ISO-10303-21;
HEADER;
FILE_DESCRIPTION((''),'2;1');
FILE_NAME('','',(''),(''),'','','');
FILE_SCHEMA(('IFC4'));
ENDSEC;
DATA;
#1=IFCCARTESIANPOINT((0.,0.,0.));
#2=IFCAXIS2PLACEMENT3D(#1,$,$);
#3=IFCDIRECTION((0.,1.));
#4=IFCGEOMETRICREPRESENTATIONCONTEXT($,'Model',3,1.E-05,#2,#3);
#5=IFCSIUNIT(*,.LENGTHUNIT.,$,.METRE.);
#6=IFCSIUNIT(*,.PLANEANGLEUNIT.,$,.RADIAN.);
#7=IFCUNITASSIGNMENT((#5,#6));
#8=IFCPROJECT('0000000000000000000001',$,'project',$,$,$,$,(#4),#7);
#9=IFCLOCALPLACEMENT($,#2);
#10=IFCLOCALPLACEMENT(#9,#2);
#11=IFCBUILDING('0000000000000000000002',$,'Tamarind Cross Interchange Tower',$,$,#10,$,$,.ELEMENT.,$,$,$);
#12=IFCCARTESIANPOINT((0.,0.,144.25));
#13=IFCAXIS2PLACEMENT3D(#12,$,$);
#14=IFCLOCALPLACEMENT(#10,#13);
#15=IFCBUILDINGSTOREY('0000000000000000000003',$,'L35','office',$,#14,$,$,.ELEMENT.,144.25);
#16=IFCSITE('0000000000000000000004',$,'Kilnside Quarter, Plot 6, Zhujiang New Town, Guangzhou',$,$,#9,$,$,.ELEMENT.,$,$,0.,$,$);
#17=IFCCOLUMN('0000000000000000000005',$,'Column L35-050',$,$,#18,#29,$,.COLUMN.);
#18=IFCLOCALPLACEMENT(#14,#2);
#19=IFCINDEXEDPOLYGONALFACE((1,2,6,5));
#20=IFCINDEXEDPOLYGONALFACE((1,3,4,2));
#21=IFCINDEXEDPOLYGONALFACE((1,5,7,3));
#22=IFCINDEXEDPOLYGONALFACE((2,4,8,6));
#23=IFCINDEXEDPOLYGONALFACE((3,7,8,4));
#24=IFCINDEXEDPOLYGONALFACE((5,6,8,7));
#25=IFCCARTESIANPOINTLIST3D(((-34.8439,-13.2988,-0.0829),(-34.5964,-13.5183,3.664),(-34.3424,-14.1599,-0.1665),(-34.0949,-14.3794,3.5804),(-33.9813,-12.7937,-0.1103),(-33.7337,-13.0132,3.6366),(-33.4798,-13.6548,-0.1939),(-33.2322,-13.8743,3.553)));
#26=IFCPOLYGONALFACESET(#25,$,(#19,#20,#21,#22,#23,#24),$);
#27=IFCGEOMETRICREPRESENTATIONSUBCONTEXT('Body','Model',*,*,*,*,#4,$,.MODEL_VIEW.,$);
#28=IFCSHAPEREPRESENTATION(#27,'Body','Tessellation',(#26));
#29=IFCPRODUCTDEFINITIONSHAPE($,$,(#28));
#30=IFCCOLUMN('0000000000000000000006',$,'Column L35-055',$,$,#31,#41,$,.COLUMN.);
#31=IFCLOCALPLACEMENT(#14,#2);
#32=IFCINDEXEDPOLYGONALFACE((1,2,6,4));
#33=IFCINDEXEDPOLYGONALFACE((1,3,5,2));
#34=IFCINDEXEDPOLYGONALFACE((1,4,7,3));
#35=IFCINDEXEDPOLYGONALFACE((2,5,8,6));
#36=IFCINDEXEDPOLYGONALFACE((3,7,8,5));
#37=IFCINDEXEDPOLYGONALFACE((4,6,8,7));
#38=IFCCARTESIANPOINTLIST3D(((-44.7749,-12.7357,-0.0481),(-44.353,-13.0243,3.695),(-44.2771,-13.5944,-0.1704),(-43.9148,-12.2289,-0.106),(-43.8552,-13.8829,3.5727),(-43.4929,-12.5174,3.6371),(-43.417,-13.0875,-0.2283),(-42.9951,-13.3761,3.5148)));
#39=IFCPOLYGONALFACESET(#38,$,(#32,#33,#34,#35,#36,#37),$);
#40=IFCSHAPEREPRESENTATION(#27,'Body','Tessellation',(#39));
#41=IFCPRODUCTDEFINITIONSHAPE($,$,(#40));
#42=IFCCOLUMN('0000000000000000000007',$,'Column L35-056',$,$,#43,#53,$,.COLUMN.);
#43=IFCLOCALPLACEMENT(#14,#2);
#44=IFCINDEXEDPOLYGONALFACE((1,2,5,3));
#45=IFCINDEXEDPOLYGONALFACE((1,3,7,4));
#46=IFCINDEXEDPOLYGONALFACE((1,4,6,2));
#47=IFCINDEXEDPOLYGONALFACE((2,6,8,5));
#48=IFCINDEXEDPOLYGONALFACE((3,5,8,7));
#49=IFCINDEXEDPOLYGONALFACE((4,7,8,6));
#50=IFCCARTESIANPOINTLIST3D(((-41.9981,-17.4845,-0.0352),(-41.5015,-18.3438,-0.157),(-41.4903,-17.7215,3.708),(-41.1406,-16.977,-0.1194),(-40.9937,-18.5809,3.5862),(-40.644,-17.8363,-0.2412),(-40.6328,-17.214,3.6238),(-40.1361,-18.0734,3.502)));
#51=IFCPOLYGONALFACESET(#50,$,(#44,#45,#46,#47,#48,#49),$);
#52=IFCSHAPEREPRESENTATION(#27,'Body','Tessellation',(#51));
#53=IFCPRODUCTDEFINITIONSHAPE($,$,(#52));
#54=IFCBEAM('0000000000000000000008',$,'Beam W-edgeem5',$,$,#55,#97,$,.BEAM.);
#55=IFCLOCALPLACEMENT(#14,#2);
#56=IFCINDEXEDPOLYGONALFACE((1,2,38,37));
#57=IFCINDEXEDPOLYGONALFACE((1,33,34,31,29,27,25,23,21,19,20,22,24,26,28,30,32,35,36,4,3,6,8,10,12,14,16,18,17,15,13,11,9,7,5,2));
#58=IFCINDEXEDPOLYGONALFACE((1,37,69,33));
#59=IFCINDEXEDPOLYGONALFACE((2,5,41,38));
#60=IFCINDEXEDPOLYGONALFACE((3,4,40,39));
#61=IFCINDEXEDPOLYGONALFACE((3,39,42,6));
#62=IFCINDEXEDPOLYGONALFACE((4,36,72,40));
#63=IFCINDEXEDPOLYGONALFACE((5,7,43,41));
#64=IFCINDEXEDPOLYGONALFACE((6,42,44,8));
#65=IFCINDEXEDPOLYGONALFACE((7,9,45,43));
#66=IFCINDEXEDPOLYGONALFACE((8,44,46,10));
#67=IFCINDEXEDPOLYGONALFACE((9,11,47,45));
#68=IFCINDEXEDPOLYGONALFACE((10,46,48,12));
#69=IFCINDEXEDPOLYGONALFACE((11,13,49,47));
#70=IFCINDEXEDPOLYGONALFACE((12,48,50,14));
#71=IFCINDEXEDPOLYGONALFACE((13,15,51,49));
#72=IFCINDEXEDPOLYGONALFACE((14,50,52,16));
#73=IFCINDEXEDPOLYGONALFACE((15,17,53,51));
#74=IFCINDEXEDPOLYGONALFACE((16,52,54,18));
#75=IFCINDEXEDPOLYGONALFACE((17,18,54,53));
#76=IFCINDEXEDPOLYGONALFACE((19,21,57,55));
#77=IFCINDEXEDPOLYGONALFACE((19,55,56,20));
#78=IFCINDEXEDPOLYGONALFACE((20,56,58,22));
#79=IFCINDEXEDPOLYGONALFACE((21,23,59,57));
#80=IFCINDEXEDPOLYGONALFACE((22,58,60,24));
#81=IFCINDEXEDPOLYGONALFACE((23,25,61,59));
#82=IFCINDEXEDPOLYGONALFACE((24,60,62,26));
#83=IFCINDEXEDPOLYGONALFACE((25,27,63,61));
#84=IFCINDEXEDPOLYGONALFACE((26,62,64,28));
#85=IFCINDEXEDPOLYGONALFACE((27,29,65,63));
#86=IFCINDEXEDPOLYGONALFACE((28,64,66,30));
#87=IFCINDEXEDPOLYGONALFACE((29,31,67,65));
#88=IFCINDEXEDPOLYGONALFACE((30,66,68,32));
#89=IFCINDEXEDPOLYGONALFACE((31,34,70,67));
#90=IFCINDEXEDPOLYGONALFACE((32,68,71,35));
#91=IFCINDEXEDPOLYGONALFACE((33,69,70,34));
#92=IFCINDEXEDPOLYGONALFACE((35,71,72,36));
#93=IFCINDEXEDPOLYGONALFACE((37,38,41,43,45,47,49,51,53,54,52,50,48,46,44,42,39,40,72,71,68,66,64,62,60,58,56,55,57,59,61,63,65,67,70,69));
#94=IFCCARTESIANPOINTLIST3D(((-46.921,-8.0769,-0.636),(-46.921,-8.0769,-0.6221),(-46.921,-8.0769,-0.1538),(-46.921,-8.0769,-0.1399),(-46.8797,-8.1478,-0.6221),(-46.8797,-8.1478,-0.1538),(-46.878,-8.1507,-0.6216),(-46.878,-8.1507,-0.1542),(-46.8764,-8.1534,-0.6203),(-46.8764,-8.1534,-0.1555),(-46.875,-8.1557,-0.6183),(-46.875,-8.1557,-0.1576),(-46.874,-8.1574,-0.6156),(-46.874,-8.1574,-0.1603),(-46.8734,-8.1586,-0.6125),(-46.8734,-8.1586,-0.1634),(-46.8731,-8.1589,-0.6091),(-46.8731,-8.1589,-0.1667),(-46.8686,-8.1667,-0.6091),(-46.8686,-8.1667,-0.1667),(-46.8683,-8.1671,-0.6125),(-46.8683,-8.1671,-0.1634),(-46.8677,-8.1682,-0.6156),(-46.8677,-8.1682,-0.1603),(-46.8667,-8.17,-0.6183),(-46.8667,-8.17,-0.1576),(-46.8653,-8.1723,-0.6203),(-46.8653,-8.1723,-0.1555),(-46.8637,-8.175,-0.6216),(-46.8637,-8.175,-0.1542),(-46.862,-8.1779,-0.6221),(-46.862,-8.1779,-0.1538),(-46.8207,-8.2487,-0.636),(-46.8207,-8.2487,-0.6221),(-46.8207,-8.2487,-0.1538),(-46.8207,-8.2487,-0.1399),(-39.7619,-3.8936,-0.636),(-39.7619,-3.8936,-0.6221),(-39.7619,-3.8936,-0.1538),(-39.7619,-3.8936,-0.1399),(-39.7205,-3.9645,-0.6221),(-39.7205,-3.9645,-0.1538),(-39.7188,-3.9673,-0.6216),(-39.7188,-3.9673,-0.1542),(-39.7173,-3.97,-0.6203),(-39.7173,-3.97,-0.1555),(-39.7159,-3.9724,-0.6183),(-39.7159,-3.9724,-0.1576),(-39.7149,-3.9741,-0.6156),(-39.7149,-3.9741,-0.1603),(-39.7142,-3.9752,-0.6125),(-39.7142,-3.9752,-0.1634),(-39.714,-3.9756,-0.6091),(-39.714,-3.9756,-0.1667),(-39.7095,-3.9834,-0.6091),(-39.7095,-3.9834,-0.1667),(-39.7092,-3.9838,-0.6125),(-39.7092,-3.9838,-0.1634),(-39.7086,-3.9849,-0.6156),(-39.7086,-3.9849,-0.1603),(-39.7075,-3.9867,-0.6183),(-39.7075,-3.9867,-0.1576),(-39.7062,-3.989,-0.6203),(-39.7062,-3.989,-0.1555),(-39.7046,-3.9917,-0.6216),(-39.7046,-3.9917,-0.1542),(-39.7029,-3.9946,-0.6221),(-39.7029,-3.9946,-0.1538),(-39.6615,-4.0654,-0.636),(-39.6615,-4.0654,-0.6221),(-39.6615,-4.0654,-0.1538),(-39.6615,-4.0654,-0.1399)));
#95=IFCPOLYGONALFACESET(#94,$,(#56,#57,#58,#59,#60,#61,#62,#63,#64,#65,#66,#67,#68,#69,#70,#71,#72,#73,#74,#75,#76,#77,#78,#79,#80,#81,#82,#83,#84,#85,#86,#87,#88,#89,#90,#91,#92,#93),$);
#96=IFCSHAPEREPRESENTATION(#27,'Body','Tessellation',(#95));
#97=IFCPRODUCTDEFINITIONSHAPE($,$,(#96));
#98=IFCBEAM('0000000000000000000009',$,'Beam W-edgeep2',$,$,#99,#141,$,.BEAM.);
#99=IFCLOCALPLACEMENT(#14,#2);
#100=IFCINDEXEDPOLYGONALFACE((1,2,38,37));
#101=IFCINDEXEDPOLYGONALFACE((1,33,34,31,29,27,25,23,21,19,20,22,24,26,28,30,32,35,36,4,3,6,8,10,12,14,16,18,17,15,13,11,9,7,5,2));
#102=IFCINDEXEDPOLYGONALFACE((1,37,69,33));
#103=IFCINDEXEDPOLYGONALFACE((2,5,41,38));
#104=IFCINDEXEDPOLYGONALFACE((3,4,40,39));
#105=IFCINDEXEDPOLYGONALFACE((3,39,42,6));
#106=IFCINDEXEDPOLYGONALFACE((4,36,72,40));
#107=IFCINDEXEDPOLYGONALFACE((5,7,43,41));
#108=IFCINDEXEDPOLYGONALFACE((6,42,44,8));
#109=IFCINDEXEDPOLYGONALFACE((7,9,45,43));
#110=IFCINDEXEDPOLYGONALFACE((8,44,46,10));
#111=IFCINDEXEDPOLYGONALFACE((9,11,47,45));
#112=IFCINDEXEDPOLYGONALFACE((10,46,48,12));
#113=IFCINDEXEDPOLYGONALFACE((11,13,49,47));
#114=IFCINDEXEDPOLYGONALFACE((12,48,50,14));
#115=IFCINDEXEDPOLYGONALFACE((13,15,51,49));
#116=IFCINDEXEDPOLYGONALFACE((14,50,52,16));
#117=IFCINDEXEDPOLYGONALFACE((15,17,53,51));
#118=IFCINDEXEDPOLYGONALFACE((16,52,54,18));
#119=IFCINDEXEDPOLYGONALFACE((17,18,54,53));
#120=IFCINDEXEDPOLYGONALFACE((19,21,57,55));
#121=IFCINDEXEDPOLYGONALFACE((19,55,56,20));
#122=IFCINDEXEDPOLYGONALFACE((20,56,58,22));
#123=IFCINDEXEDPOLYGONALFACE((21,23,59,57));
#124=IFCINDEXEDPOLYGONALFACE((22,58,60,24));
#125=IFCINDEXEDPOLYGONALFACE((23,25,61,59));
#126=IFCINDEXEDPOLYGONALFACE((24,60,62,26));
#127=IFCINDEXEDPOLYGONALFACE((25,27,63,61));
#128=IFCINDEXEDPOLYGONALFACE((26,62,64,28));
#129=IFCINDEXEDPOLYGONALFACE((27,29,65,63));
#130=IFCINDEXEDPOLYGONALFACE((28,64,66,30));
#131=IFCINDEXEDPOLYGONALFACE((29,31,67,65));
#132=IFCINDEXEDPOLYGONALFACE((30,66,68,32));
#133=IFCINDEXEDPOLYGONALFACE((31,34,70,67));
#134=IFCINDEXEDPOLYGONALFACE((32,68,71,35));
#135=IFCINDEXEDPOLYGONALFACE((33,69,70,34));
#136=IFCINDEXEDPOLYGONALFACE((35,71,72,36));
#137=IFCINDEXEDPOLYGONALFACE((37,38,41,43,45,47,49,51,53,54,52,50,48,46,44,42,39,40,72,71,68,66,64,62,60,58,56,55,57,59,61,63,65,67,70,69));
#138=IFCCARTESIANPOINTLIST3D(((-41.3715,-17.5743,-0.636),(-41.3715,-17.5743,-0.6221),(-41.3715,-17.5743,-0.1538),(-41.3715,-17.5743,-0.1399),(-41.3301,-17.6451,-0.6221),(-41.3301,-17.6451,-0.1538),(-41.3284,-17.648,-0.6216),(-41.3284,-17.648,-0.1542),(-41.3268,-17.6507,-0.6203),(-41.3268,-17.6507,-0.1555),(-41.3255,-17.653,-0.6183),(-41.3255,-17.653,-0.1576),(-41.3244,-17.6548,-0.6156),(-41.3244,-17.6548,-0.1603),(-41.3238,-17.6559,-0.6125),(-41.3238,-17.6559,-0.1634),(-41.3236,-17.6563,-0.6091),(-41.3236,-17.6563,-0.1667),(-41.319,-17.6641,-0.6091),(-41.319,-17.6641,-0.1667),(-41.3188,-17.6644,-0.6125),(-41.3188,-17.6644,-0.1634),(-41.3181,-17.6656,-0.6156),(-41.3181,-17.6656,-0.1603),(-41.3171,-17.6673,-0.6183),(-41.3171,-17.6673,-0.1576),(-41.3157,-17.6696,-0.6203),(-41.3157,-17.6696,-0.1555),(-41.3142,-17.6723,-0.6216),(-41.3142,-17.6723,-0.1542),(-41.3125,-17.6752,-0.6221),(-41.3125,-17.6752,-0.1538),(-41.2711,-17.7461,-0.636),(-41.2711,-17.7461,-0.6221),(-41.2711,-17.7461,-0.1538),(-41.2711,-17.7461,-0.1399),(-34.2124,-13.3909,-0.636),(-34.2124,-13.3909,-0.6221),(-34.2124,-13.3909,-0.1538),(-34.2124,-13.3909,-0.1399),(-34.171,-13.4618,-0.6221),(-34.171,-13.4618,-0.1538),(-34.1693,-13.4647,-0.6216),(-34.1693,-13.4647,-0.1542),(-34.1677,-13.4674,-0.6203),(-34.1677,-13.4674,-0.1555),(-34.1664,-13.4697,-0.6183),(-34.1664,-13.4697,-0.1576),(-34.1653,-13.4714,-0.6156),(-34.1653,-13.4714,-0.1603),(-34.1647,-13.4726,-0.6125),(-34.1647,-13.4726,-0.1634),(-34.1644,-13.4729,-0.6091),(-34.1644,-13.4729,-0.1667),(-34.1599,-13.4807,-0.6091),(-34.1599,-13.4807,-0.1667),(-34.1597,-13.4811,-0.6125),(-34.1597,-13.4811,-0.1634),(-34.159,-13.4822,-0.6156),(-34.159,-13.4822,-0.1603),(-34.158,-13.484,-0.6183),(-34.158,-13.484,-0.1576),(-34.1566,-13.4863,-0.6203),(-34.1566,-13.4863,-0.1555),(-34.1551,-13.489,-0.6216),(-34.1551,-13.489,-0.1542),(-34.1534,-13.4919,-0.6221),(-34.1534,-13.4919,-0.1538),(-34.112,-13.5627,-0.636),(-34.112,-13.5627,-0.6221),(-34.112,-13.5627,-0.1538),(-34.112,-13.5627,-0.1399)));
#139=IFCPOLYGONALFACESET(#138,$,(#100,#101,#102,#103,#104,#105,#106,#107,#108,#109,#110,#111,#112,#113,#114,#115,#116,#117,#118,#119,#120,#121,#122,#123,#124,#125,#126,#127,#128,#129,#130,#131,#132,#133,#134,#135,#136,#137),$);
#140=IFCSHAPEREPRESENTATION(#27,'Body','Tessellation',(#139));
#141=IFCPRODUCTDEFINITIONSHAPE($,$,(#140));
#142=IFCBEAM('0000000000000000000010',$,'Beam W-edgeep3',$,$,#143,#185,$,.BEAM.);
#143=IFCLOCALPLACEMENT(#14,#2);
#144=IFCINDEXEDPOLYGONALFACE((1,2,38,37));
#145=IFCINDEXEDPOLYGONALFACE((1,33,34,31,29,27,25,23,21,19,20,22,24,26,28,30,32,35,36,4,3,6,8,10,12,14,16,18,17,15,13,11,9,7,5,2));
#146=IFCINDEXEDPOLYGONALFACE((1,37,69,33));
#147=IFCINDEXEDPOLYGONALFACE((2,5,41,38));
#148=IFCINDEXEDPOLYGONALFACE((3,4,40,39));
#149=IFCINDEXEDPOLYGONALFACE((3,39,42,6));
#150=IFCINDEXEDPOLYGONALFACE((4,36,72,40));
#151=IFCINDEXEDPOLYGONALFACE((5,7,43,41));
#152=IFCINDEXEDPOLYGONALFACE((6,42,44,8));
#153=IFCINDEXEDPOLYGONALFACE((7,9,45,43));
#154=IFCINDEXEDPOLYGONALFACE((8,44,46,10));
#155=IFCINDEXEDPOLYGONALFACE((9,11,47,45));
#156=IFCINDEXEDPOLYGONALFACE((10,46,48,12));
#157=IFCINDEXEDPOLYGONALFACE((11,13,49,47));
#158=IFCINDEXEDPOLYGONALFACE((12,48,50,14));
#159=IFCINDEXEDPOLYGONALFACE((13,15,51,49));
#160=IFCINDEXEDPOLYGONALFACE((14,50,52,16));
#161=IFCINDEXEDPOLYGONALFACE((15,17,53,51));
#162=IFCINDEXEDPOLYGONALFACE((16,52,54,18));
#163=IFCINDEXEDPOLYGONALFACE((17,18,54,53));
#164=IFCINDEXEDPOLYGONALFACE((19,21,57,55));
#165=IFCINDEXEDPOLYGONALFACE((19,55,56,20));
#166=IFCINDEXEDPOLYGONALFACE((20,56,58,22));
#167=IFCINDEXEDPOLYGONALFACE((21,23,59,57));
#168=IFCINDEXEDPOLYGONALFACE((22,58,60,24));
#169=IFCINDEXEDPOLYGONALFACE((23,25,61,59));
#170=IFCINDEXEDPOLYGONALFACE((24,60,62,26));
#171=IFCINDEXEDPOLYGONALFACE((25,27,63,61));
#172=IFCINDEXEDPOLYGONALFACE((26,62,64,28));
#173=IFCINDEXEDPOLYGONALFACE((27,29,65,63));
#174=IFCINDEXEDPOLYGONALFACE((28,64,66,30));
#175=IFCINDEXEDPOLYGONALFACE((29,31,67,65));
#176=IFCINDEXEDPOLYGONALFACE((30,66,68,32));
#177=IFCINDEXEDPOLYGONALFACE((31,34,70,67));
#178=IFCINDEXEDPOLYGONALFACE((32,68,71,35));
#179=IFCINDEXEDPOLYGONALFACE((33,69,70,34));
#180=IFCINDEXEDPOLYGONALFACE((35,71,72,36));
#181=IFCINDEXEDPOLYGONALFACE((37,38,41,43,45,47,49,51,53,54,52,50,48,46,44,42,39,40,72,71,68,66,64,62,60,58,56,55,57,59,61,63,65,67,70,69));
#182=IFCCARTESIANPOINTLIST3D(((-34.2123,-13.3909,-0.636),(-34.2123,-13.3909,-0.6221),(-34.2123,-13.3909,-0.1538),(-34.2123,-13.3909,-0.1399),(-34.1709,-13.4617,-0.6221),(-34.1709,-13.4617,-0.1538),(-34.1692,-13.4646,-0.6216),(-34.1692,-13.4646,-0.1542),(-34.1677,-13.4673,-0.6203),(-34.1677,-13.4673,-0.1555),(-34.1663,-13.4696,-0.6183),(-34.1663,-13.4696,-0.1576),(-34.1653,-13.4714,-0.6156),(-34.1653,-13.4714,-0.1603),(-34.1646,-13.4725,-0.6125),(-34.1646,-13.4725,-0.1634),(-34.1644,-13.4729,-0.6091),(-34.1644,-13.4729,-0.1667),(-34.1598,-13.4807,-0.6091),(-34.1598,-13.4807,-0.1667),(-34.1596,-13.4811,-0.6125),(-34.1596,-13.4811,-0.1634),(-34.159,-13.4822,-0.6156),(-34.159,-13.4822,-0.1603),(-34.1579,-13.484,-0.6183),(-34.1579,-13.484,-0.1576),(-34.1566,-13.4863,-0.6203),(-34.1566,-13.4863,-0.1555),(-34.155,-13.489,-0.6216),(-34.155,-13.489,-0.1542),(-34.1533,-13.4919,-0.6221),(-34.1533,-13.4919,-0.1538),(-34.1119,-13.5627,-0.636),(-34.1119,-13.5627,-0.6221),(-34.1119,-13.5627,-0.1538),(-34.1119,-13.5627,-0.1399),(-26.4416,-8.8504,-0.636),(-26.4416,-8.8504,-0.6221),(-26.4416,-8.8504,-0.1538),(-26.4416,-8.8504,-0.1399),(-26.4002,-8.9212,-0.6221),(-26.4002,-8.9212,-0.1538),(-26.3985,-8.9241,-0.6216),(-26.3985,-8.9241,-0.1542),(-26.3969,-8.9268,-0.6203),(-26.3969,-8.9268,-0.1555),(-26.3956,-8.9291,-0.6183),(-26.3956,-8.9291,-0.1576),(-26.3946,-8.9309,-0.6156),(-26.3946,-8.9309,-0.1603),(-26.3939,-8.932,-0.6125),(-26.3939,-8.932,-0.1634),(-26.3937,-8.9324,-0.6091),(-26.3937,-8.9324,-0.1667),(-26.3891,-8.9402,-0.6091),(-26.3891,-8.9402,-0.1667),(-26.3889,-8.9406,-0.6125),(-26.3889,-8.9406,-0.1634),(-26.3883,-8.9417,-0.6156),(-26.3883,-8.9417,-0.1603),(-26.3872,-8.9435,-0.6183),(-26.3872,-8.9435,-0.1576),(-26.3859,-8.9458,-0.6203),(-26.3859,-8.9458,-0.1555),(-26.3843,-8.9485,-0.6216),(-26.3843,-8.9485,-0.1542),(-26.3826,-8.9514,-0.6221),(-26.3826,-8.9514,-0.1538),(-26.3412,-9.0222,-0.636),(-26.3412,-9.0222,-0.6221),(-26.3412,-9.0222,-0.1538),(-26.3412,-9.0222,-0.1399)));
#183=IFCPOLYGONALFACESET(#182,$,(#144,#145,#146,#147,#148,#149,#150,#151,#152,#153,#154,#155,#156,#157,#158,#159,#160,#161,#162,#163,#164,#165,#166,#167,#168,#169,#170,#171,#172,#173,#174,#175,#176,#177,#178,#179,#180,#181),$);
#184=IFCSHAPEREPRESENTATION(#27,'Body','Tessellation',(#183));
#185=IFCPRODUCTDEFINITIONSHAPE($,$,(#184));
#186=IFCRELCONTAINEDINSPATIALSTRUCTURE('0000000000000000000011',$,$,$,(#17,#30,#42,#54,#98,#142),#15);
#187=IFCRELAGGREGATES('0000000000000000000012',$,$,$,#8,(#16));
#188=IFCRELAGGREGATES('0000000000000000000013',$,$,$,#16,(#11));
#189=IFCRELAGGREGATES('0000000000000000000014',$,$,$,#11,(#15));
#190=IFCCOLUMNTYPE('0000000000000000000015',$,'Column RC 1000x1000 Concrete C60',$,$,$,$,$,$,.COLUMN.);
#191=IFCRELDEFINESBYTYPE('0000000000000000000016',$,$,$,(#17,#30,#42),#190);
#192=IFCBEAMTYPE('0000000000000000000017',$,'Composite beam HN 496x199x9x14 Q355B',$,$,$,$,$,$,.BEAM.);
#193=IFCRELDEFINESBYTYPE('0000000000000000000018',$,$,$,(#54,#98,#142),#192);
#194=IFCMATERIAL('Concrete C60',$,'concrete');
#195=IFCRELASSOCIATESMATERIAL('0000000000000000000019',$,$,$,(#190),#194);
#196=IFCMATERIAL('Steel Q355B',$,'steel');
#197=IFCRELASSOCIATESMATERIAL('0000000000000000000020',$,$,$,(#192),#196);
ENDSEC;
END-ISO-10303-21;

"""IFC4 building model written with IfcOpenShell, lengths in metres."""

from ifc_helpers import new_model, si_unit, direction, frame, origin, origin_2d, place, context, subcontext, project, spatial, rectangle, i_section, extrude, material, material_profile, profile_set, type_object, element, save


model = new_model("IFC4")

# Units and contexts
model_context = context("Model", 3, precision=1e-05, world=origin(), true_north=direction((0.0, 1.0)))
body_context = subcontext(model_context, "Body", "Model", "MODEL_VIEW")
ifc_project = project(units=[si_unit("LENGTHUNIT", "METRE"), si_unit("PLANEANGLEUNIT", "RADIAN")], contexts=[model_context])

# Site, building, storey
site_placement = place(None, origin())
site = spatial("IfcSite", under=ifc_project, at=site_placement, Name="Kilnside Quarter, Plot 6, Zhujiang New Town, Guangzhou", CompositionType="ELEMENT", RefElevation=0.0)
building_placement = place(site_placement, origin())
building = spatial("IfcBuilding", under=site, at=building_placement, Name="Tamarind Cross Interchange Tower", CompositionType="ELEMENT")
storey_placement = place(building_placement, frame((0.0, 0.0, 144.25)))
storey = spatial("IfcBuildingStorey", under=building, at=storey_placement, Name="L35", Description="office", CompositionType="ELEMENT", Elevation=144.25)

# Columns
ifc_material_1 = material(Name="Concrete C60", Category="concrete")
ifc_material_profile_1 = material_profile(ifc_material_1, rectangle(XDim=1.0, YDim=1.0, at=origin_2d()), Name="RC 1000x1000")
ifc_profile_set_1 = profile_set([ifc_material_profile_1], Name="Concrete C60")
column_type = type_object("IfcColumnType", Name="Column RC 1000x1000 Concrete C60", PredefinedType="COLUMN", material=ifc_profile_set_1)
column_1_placement = place(storey_placement, frame((-34.1619, -13.4768, -0.1384), z_axis=(0.065815, -0.058351, 0.996124), x_axis=(-0.501491, 0.861117, 0.083577)))
element("IfcColumn", 1, at=column_1_placement, inside=storey, type_object=column_type, Name="Column L35-050", PredefinedType="COLUMN", context=body_context, shape_type="SweptSolid", body=[
    extrude(rectangle(XDim=1.0, YDim=1.0, at=origin_2d()), origin(), (0.0, 0.0, 1.0), 3.7615),
])
column_2_placement = place(storey_placement, frame((-44.0959, -12.9116, -0.1382), z_axis=(0.111669, -0.076385, 0.990805), x_axis=(-0.497778, 0.858638, 0.122298)))
element("IfcColumn", 2, at=column_2_placement, inside=storey, type_object=column_type, Name="Column L35-055", PredefinedType="COLUMN", context=body_context, shape_type="SweptSolid", body=[
    extrude(rectangle(XDim=1.0, YDim=1.0, at=origin_2d()), origin(), (0.0, 0.0, 1.0), 3.7778),
])
column_3_placement = place(storey_placement, frame((-41.321, -17.6604, -0.1382), z_axis=(0.134169, -0.062634, 0.988977), x_axis=(-0.496657, 0.859358, 0.121803)))
element("IfcColumn", 3, at=column_3_placement, inside=storey, type_object=column_type, Name="Column L35-056", PredefinedType="COLUMN", context=body_context, shape_type="SweptSolid", body=[
    extrude(rectangle(XDim=1.0, YDim=1.0, at=origin_2d()), origin(), (0.0, 0.0, 1.0), 3.7849),
])

# Beams
ifc_material_2 = material(Name="Steel Q355B", Category="steel")
ifc_material_profile_2 = material_profile(ifc_material_2, i_section(OverallWidth=0.199, OverallDepth=0.4961, WebThickness=0.009, FlangeThickness=0.0139, FilletRadius=0.0129, at=origin_2d()), Name="HN 496x199x9x14")
ifc_profile_set_2 = profile_set([ifc_material_profile_2], Name="Steel Q355B")
beam_type_1 = type_object("IfcBeamType", Name="Composite beam HN 496x199x9x14 Q355B", PredefinedType="BEAM", material=ifc_profile_set_2)
for number, where, z_axis, x_axis, name in (
    (4, (-46.8708, -8.1628, -0.3879), (0.863403, 0.504515, 0.0), (-0.504515, 0.863403, 0.0), "Beam W-edgeem5"),
    (5, (-41.3213, -17.6602, -0.3879), (0.863403, 0.504515, 0.0), (-0.504515, 0.863403, 0.0), "Beam W-edgeep2"),
):
    element("IfcBeam", number, at=place(storey_placement, frame(where, z_axis=z_axis, x_axis=x_axis)), inside=storey, type_object=beam_type_1, Name=name, PredefinedType="BEAM", context=body_context, shape_type="SweptSolid", body=[
        extrude(i_section(OverallWidth=0.199, OverallDepth=0.4961, WebThickness=0.009, FlangeThickness=0.0139, FilletRadius=0.0129, at=origin_2d()), origin(), (0.0, 0.0, 1.0), 8.2917),
    ])
beam_1_placement = place(storey_placement, frame((-34.1621, -13.4768, -0.3879), z_axis=(0.863412, 0.5045, 0.0), x_axis=(-0.5045, 0.863412, 0.0)))
element("IfcBeam", 6, at=beam_1_placement, inside=storey, type_object=beam_type_1, Name="Beam W-edgeep3", PredefinedType="BEAM", context=body_context, shape_type="SweptSolid", body=[
    extrude(i_section(OverallWidth=0.199, OverallDepth=0.4961, WebThickness=0.009, FlangeThickness=0.0139, FilletRadius=0.0129, at=origin_2d()), origin(), (0.0, 0.0, 1.0), 9.0),
])

save(model, "model.ifc")
